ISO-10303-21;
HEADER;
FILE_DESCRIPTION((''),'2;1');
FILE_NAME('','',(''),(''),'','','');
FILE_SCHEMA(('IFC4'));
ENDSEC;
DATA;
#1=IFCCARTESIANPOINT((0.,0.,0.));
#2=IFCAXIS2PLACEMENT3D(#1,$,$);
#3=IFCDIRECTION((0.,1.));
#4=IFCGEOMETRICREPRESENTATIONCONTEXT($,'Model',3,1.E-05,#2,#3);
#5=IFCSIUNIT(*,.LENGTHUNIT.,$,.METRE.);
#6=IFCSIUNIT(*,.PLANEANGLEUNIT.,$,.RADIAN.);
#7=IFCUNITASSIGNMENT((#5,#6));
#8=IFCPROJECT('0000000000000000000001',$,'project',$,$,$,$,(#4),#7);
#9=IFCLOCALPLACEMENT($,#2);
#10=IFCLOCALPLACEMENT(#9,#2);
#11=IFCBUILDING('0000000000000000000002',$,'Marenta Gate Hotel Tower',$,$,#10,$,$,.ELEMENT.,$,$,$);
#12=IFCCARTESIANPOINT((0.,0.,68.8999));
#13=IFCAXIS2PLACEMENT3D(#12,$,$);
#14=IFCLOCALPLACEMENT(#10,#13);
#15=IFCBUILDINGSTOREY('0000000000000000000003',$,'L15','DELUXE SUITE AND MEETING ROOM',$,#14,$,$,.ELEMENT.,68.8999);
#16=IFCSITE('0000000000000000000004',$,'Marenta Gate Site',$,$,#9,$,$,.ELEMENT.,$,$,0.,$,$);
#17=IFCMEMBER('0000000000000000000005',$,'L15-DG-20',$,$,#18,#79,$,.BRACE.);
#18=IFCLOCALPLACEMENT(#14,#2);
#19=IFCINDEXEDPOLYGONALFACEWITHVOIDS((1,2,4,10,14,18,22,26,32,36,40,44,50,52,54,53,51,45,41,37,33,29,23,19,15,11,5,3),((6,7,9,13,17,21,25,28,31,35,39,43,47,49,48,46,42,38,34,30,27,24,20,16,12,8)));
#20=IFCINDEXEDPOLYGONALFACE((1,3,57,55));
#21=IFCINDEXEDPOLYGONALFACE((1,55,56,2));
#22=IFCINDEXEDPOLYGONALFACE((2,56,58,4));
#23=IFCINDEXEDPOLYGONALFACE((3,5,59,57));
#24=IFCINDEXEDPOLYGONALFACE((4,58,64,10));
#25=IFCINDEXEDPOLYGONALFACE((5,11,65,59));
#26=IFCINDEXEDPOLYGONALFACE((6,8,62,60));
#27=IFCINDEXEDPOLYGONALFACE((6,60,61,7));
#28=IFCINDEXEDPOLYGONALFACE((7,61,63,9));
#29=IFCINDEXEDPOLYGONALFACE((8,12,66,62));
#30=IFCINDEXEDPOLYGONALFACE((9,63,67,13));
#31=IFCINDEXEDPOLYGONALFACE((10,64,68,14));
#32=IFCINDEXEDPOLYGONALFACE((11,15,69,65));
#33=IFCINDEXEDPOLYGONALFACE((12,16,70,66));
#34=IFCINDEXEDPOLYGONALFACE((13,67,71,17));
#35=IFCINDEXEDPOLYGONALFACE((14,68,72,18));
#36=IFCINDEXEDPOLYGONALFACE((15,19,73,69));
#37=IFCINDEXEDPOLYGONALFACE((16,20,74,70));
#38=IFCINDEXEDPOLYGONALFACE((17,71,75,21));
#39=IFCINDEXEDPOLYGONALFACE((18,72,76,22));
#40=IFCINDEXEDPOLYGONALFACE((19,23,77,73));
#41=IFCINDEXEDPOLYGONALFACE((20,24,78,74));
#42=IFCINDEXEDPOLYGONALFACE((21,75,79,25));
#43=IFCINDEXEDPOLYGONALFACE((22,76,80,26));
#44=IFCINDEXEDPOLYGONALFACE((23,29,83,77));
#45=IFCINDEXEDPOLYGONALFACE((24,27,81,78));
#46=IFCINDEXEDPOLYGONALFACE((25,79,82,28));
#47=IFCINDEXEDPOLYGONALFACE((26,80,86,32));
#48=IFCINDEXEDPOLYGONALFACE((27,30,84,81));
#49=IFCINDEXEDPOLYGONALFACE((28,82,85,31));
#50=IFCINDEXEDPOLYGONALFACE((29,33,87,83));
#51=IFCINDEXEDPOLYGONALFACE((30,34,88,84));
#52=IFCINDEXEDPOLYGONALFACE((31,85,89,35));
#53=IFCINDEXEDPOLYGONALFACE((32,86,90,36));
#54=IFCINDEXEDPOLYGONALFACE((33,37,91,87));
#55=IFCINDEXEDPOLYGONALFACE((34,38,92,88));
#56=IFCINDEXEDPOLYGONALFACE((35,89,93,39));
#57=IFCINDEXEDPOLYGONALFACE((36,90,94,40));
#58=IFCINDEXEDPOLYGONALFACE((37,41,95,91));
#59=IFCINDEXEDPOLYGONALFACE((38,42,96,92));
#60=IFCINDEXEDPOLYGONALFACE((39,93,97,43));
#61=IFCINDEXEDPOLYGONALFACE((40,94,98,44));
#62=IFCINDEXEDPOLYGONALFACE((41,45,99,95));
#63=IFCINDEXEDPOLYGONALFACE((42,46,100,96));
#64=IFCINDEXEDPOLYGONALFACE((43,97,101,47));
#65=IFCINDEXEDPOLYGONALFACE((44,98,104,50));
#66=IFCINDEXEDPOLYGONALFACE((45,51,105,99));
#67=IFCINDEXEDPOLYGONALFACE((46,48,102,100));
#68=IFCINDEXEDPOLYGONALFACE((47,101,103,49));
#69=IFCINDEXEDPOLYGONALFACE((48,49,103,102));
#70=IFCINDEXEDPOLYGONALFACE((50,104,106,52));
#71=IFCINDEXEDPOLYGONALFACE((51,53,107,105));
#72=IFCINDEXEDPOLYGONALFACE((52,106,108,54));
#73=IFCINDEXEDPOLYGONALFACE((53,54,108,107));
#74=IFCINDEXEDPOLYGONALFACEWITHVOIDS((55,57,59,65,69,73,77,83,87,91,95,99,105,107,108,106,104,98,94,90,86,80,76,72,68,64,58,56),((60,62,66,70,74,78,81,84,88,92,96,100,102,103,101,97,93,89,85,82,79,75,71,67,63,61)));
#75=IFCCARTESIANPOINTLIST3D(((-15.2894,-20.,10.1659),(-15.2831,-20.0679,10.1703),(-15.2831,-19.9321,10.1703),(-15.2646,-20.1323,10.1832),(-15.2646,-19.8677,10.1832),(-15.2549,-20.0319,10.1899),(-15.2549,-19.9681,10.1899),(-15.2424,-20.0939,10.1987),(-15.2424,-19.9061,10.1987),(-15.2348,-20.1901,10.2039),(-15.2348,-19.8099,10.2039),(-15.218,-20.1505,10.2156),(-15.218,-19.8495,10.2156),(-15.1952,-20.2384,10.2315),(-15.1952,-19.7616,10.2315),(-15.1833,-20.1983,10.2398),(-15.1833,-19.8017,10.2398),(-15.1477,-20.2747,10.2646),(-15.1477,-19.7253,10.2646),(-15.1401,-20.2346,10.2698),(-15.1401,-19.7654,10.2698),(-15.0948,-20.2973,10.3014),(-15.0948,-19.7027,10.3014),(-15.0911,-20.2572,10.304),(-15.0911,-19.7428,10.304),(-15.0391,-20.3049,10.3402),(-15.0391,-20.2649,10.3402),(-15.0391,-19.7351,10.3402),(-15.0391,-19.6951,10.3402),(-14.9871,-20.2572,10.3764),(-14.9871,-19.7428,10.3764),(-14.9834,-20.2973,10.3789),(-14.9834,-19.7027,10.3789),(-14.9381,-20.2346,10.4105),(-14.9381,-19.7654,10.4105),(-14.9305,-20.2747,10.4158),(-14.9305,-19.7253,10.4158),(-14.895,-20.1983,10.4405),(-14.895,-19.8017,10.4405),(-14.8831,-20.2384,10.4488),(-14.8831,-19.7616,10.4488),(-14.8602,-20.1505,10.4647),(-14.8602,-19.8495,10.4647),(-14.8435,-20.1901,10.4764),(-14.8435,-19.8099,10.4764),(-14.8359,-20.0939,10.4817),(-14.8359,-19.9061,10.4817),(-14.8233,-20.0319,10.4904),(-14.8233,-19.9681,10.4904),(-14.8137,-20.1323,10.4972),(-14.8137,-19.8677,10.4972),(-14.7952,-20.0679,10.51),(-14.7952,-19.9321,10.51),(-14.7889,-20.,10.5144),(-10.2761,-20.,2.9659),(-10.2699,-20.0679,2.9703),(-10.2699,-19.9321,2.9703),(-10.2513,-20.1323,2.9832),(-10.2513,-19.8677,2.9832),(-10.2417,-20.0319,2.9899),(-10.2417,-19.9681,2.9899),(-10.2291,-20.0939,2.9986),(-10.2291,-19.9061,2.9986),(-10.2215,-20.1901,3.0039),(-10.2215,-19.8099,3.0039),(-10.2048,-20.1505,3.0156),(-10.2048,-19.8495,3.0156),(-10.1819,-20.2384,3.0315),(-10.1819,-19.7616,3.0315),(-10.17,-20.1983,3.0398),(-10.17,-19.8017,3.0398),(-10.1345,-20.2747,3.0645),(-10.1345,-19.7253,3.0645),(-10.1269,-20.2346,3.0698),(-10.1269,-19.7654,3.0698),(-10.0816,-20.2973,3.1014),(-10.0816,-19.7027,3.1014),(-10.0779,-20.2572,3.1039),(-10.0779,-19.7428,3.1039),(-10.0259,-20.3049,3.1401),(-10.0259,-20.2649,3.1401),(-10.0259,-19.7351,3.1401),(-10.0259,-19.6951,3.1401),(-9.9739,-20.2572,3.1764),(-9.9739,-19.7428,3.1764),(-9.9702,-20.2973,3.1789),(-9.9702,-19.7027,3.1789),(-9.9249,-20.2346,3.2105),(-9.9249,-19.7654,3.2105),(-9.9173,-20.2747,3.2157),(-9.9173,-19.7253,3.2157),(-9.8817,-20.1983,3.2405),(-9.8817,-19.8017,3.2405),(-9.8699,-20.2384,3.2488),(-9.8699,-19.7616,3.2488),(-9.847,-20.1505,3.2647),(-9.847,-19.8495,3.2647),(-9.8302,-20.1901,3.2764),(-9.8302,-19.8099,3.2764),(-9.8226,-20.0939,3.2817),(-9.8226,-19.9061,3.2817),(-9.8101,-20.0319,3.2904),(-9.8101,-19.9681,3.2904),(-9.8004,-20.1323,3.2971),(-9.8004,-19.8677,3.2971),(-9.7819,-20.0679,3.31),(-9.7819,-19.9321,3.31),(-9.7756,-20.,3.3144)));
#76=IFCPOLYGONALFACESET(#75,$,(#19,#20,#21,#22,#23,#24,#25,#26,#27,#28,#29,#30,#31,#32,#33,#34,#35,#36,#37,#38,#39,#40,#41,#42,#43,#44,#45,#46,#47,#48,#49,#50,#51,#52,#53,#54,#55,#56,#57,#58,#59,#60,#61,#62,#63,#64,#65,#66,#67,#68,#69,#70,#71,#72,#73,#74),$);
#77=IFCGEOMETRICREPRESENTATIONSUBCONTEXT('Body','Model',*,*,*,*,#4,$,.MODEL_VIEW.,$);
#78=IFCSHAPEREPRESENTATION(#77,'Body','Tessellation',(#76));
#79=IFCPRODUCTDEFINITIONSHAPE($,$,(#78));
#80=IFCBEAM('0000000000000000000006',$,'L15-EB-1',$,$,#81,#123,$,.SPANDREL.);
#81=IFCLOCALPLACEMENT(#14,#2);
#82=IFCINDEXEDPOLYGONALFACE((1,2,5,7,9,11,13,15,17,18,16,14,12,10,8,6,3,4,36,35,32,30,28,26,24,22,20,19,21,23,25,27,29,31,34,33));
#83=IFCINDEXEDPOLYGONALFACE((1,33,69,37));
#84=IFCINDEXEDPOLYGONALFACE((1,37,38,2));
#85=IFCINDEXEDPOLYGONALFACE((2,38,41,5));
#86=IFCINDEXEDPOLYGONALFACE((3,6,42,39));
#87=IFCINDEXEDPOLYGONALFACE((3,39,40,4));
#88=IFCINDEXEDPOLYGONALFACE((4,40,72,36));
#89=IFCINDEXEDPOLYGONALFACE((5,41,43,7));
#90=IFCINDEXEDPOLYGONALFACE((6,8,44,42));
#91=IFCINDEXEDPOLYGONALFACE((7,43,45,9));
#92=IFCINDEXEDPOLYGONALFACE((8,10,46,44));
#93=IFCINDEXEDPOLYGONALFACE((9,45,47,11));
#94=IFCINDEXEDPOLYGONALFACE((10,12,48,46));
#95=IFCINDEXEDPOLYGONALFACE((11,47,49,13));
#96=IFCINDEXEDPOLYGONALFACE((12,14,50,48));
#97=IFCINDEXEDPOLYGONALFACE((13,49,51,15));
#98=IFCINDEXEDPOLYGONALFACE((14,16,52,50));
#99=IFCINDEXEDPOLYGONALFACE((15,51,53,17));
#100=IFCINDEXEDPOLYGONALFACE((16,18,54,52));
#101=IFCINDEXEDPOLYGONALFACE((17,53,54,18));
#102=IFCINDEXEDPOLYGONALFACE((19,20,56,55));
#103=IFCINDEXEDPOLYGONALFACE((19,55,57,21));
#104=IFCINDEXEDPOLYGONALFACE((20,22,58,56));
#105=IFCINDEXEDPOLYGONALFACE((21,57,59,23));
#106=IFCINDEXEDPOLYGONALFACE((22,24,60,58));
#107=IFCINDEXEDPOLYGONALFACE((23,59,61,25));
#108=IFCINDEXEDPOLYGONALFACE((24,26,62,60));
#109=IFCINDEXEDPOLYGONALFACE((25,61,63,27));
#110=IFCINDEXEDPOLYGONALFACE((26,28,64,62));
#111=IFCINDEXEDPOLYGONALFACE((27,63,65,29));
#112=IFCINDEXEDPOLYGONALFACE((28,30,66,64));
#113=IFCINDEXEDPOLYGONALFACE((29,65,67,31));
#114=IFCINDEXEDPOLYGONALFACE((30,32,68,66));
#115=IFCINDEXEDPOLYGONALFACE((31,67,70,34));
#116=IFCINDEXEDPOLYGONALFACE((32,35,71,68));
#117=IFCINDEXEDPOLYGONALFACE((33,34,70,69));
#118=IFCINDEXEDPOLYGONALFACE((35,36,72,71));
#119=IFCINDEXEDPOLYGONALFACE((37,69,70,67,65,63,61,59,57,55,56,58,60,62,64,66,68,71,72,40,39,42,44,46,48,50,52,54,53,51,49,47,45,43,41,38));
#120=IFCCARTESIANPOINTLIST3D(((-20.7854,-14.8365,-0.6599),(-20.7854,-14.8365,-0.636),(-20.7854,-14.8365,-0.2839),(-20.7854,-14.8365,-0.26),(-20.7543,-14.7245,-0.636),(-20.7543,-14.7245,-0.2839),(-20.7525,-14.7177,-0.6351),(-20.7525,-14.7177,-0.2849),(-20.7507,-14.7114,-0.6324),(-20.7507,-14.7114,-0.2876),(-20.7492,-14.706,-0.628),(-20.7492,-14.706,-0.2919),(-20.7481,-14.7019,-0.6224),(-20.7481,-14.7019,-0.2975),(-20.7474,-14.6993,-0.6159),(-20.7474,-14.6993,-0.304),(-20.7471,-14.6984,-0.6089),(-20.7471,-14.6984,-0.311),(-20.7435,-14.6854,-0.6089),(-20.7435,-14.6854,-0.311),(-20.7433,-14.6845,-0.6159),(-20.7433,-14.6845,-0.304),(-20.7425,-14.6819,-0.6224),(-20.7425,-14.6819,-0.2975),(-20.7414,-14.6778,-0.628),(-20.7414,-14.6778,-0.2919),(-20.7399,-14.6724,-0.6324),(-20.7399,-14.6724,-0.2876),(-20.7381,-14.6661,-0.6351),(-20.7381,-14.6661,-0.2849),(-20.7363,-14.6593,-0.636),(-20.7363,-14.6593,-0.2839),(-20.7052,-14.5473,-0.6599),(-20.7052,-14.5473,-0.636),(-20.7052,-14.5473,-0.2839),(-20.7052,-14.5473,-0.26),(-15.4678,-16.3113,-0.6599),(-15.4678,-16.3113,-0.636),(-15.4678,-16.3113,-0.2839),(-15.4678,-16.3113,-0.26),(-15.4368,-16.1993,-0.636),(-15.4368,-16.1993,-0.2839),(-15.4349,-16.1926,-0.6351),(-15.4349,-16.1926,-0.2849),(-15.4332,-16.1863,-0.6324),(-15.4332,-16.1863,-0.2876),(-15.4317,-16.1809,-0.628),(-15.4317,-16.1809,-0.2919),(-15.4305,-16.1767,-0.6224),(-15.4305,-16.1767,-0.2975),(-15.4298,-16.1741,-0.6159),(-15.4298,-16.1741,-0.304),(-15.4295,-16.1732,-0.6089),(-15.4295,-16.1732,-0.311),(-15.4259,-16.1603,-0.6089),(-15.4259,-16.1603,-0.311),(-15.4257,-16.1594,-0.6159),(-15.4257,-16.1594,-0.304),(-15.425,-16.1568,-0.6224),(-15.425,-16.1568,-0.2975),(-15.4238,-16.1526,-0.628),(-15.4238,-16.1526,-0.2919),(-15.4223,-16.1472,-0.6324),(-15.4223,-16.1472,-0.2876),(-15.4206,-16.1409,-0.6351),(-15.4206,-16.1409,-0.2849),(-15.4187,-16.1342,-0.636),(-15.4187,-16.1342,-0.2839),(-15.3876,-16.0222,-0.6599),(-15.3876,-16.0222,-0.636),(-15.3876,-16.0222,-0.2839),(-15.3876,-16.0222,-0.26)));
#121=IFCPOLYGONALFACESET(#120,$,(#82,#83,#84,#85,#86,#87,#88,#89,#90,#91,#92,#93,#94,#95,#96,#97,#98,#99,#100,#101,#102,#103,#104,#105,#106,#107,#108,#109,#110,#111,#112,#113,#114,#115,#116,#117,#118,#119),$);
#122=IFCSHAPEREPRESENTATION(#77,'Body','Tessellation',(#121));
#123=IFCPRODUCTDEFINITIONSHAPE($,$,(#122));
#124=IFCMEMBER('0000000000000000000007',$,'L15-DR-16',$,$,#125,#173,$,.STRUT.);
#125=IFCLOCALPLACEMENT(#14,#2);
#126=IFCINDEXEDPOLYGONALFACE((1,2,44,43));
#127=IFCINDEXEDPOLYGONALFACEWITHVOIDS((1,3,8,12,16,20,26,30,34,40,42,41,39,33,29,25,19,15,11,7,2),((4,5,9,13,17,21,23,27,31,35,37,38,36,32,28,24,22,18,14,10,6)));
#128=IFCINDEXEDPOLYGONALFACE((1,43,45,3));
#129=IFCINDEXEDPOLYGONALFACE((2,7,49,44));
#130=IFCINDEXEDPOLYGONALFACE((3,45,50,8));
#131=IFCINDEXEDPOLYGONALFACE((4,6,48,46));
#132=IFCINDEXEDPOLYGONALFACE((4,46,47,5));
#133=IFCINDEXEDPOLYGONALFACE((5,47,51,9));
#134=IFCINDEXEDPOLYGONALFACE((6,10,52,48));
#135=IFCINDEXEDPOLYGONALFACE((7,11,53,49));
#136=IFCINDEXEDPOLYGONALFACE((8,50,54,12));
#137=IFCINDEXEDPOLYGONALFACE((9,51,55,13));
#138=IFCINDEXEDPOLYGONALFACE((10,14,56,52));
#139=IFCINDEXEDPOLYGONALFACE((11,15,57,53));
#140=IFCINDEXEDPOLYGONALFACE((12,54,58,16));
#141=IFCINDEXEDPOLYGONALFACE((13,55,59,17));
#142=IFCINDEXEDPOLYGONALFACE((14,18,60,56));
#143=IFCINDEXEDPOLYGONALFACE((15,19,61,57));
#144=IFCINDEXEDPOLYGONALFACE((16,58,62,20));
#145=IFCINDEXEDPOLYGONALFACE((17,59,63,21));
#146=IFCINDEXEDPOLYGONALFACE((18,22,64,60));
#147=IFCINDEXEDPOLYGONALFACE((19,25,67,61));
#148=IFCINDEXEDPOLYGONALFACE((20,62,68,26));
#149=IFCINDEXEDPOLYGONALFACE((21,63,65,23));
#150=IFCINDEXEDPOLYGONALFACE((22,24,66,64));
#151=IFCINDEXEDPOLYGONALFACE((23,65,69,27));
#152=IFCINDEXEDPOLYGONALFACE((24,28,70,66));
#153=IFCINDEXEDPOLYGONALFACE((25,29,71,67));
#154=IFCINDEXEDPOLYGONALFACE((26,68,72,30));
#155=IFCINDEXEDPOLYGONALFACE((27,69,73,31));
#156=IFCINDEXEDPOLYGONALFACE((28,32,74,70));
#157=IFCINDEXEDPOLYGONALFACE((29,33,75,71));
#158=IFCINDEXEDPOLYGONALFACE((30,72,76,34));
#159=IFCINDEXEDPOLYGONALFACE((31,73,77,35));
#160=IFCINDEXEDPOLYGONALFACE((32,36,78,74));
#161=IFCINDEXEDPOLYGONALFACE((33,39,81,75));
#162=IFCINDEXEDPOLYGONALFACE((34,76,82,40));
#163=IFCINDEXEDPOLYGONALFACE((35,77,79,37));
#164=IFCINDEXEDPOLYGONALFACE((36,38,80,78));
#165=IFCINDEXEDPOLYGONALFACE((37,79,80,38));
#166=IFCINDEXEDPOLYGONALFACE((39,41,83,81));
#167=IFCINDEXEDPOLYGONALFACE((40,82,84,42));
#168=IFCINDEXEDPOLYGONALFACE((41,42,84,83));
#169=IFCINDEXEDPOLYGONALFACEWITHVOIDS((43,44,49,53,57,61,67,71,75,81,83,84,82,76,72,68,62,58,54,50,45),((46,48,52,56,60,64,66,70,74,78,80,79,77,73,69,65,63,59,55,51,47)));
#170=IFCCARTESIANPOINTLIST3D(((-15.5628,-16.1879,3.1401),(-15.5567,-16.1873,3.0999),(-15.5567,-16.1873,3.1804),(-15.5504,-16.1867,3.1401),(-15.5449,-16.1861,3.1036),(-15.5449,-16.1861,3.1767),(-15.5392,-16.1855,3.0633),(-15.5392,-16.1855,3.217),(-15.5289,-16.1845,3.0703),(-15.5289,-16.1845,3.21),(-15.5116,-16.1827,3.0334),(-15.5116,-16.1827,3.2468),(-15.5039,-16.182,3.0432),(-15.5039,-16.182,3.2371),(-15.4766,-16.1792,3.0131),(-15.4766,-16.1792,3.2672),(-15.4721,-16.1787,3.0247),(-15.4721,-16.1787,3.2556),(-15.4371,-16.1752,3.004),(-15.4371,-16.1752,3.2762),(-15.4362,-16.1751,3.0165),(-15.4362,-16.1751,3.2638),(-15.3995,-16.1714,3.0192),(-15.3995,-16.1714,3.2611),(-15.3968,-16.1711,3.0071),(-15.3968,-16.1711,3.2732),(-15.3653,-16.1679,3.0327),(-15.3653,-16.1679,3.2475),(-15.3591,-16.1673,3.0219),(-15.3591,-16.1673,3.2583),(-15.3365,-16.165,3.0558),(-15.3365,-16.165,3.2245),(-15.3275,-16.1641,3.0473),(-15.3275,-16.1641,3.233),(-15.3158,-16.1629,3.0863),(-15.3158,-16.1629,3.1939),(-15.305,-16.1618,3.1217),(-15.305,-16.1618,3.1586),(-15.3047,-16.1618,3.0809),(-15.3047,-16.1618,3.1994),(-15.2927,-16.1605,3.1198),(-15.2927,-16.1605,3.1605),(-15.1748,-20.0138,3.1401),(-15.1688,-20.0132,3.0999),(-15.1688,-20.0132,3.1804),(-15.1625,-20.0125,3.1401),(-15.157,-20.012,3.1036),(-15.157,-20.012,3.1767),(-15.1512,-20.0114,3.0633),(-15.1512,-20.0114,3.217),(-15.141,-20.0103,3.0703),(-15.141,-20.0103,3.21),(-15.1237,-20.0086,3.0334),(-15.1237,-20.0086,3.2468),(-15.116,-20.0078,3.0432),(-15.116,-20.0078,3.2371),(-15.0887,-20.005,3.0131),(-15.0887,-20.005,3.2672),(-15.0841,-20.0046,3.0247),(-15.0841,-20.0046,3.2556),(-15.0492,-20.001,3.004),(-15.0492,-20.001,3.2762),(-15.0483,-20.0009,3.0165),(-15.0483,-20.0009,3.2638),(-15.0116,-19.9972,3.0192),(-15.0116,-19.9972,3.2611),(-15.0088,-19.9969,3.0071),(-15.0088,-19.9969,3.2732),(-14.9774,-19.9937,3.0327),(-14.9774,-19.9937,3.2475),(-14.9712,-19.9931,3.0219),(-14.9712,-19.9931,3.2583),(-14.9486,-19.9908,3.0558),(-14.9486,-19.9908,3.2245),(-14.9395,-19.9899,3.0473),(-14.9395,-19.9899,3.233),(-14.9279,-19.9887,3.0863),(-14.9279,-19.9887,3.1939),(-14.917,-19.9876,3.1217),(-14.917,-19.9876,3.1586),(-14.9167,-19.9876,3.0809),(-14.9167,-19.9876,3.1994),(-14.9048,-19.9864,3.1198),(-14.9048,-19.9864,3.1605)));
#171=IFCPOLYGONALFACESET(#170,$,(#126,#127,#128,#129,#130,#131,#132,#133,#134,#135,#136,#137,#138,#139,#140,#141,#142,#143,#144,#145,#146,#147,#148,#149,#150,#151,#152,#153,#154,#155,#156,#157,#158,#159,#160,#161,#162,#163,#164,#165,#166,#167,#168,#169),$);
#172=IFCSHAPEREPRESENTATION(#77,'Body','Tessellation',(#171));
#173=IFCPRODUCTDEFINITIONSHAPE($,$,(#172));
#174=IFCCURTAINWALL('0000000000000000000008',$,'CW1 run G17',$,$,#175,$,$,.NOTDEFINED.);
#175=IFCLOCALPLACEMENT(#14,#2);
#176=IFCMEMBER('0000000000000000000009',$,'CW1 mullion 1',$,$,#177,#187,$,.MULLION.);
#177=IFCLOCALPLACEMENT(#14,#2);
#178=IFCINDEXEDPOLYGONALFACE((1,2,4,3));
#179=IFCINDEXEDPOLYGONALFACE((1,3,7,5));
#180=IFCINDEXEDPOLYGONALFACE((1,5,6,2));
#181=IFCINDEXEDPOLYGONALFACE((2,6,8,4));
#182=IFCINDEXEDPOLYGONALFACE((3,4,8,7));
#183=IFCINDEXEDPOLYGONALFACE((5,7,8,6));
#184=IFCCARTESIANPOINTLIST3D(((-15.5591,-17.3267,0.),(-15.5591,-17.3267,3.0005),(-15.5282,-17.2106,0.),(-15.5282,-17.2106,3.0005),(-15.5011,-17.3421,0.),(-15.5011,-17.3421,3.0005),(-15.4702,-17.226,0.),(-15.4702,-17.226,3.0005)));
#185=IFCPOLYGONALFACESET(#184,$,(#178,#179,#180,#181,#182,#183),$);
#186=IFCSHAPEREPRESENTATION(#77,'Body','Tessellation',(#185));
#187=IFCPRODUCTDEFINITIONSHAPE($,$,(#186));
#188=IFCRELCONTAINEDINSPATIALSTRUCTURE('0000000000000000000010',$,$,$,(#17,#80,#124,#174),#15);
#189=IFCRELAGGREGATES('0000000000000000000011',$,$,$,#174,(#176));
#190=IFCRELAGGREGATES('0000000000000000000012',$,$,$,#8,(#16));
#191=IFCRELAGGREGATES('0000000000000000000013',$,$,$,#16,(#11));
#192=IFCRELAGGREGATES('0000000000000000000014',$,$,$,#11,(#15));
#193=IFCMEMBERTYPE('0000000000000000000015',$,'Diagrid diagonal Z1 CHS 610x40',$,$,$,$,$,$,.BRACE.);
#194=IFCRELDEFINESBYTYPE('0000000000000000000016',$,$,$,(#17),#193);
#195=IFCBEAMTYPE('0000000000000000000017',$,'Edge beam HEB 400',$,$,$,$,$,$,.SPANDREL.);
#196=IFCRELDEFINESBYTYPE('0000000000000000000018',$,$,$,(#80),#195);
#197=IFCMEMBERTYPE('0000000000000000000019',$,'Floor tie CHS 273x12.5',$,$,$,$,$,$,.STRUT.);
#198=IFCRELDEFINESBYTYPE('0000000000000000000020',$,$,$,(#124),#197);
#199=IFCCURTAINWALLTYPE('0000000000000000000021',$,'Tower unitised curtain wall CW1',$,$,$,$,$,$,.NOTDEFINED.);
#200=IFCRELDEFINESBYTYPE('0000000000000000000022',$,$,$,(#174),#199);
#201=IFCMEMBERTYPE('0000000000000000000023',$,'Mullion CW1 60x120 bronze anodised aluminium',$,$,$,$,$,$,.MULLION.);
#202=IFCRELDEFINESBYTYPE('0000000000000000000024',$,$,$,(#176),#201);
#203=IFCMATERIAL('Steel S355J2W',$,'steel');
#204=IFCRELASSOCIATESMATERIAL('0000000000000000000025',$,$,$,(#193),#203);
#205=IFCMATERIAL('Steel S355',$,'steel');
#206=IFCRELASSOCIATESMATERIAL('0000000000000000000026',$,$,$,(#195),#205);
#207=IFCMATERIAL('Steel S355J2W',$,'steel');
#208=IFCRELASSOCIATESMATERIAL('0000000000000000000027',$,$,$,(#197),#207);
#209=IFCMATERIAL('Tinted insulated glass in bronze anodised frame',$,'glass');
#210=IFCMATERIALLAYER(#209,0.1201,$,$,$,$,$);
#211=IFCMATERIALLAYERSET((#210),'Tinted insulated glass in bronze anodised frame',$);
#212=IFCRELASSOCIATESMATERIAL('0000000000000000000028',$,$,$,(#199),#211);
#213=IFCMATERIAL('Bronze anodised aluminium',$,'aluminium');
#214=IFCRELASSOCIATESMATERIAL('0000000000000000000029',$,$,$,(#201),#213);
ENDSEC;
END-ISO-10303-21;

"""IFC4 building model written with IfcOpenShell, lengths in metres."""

from ifc_helpers import new_model, si_unit, direction, frame, origin, origin_2d, place, context, subcontext, project, spatial, rectangle, hollow_circle, i_section, extrude, material, layer, layer_set, material_profile, profile_set, type_object, element, aggregate, save


model = new_model("IFC4")

# Units and contexts
model_context = context("Model", 3, precision=1e-05, world=origin(), true_north=direction((0.0, 1.0)))
body_context = subcontext(model_context, "Body", "Model", "MODEL_VIEW")
ifc_project = project(units=[si_unit("LENGTHUNIT", "METRE"), si_unit("PLANEANGLEUNIT", "RADIAN")], contexts=[model_context])

# Site, building, storey
site_placement = place(None, origin())
site = spatial("IfcSite", under=ifc_project, at=site_placement, Name="Marenta Gate Site", CompositionType="ELEMENT", RefElevation=0.0)
building_placement = place(site_placement, origin())
building = spatial("IfcBuilding", under=site, at=building_placement, Name="Marenta Gate Hotel Tower", CompositionType="ELEMENT")
storey_placement = place(building_placement, frame((0.0, 0.0, 68.8999)))
storey = spatial("IfcBuildingStorey", under=building, at=storey_placement, Name="L15", Description="DELUXE SUITE AND MEETING ROOM", CompositionType="ELEMENT", Elevation=68.8999)

# Member
ifc_material_1 = material(Name="Steel S355J2W", Category="steel")
ifc_material_profile_1 = material_profile(ifc_material_1, hollow_circle(Radius=0.3049, WallThickness=0.04, at=origin_2d()), Name="CHS 610x40")
ifc_profile_set_1 = profile_set([ifc_material_profile_1], Name="Steel S355J2W")
member_type_1 = type_object("IfcMemberType", Name="Diagrid diagonal Z1 CHS 610x40", PredefinedType="BRACE", material=ifc_profile_set_1)
member_1_placement = place(storey_placement, frame((-10.0259, -20.0, 3.1401), z_axis=(-0.571412, 0.0, 0.820664), x_axis=(0.0, -1.0, 0.0)))
element("IfcMember", 1, at=member_1_placement, inside=storey, type_object=member_type_1, Name="L15-DG-20", PredefinedType="BRACE", context=body_context, shape_type="SweptSolid", body=[
    extrude(hollow_circle(Radius=0.3049, WallThickness=0.04, at=origin_2d()), origin(), (0.0, 0.0, 1.0), 8.7734),
])

# Beam
ifc_material_2 = material(Name="Steel S355", Category="steel")
ifc_material_profile_2 = material_profile(ifc_material_2, i_section(OverallWidth=0.3, OverallDepth=0.3999, WebThickness=0.0134, FlangeThickness=0.0239, FilletRadius=0.0271, at=origin_2d()), Name="HEB 400")
ifc_profile_set_2 = profile_set([ifc_material_profile_2], Name="Steel S355")
beam_type = type_object("IfcBeamType", Name="Edge beam HEB 400", PredefinedType="SPANDREL", material=ifc_profile_set_2)
beam_placement = place(storey_placement, frame((-15.4277, -16.1667, -0.46), z_axis=(-0.963624, 0.267263, 0.0), x_axis=(-0.267263, -0.963624, 0.0)))
element("IfcBeam", 2, at=beam_placement, inside=storey, type_object=beam_type, Name="L15-EB-1", PredefinedType="SPANDREL", context=body_context, shape_type="SweptSolid", body=[
    extrude(i_section(OverallWidth=0.3, OverallDepth=0.3999, WebThickness=0.0134, FlangeThickness=0.0239, FilletRadius=0.0271, at=origin_2d()), origin(), (0.0, 0.0, 1.0), 5.5183),
])

# Member
ifc_material_3 = material(Name="Steel S355J2W", Category="steel")
ifc_material_profile_3 = material_profile(ifc_material_3, hollow_circle(Radius=0.1365, WallThickness=0.0125, at=origin_2d()), Name="CHS 273x12.5")
ifc_profile_set_3 = profile_set([ifc_material_profile_3], Name="Steel S355J2W")
member_type_2 = type_object("IfcMemberType", Name="Floor tie CHS 273x12.5", PredefinedType="STRUT", material=ifc_profile_set_3)
member_2_placement = place(storey_placement, frame((-15.0391, -20.0, 3.1401), z_axis=(-0.10088, 0.994899, 0.0), x_axis=(-0.994899, -0.10088, 0.0)))
element("IfcMember", 3, at=member_2_placement, inside=storey, type_object=member_type_2, Name="L15-DR-16", PredefinedType="STRUT", context=body_context, shape_type="SweptSolid", body=[
    extrude(hollow_circle(Radius=0.1365, WallThickness=0.0125, at=origin_2d()), origin(), (0.0, 0.0, 1.0), 3.8455),
])

# Curtain wall, member
ifc_material_4 = material(Name="Tinted insulated glass in bronze anodised frame", Category="glass")
ifc_layer_1 = layer(ifc_material_4, 0.1201)
ifc_layer_set_1 = layer_set([ifc_layer_1], Name="Tinted insulated glass in bronze anodised frame")
curtain_wall_type = type_object("IfcCurtainWallType", Name="Tower unitised curtain wall CW1", PredefinedType="NOTDEFINED", material=ifc_layer_set_1)
curtain_wall_1_placement = place(storey_placement, origin())
curtain_wall_1 = element("IfcCurtainWall", 4, at=curtain_wall_1_placement, inside=storey, type_object=curtain_wall_type, Name="CW1 run G17", PredefinedType="NOTDEFINED")
ifc_material_5 = material(Name="Bronze anodised aluminium", Category="aluminium")
ifc_material_profile_4 = material_profile(ifc_material_5, rectangle(XDim=0.1201, YDim=0.0601, at=origin_2d()), Name="Mullion CW1 60x120 bronze anodised aluminium")
ifc_profile_set_4 = profile_set([ifc_material_profile_4], Name="Bronze anodised aluminium")
member_type_3 = type_object("IfcMemberType", Name="Mullion CW1 60x120 bronze anodised aluminium", PredefinedType="MULLION", material=ifc_profile_set_4)
member_3_placement = place(storey_placement, frame((-15.5146, -17.2764, 0.0), z_axis=(0.0, 0.0, 1.0), x_axis=(0.257084, 0.966389, 0.0)))
member_3 = element("IfcMember", 5, at=member_3_placement, type_object=member_type_3, Name="CW1 mullion 1", PredefinedType="MULLION", context=body_context, shape_type="SweptSolid", body=[
    extrude(rectangle(XDim=0.1201, YDim=0.0601, at=origin_2d()), origin(), (0.0, 0.0, 1.0), 3.0005),
])

aggregate(curtain_wall_1, [member_3])

save(model, "model.ifc")
